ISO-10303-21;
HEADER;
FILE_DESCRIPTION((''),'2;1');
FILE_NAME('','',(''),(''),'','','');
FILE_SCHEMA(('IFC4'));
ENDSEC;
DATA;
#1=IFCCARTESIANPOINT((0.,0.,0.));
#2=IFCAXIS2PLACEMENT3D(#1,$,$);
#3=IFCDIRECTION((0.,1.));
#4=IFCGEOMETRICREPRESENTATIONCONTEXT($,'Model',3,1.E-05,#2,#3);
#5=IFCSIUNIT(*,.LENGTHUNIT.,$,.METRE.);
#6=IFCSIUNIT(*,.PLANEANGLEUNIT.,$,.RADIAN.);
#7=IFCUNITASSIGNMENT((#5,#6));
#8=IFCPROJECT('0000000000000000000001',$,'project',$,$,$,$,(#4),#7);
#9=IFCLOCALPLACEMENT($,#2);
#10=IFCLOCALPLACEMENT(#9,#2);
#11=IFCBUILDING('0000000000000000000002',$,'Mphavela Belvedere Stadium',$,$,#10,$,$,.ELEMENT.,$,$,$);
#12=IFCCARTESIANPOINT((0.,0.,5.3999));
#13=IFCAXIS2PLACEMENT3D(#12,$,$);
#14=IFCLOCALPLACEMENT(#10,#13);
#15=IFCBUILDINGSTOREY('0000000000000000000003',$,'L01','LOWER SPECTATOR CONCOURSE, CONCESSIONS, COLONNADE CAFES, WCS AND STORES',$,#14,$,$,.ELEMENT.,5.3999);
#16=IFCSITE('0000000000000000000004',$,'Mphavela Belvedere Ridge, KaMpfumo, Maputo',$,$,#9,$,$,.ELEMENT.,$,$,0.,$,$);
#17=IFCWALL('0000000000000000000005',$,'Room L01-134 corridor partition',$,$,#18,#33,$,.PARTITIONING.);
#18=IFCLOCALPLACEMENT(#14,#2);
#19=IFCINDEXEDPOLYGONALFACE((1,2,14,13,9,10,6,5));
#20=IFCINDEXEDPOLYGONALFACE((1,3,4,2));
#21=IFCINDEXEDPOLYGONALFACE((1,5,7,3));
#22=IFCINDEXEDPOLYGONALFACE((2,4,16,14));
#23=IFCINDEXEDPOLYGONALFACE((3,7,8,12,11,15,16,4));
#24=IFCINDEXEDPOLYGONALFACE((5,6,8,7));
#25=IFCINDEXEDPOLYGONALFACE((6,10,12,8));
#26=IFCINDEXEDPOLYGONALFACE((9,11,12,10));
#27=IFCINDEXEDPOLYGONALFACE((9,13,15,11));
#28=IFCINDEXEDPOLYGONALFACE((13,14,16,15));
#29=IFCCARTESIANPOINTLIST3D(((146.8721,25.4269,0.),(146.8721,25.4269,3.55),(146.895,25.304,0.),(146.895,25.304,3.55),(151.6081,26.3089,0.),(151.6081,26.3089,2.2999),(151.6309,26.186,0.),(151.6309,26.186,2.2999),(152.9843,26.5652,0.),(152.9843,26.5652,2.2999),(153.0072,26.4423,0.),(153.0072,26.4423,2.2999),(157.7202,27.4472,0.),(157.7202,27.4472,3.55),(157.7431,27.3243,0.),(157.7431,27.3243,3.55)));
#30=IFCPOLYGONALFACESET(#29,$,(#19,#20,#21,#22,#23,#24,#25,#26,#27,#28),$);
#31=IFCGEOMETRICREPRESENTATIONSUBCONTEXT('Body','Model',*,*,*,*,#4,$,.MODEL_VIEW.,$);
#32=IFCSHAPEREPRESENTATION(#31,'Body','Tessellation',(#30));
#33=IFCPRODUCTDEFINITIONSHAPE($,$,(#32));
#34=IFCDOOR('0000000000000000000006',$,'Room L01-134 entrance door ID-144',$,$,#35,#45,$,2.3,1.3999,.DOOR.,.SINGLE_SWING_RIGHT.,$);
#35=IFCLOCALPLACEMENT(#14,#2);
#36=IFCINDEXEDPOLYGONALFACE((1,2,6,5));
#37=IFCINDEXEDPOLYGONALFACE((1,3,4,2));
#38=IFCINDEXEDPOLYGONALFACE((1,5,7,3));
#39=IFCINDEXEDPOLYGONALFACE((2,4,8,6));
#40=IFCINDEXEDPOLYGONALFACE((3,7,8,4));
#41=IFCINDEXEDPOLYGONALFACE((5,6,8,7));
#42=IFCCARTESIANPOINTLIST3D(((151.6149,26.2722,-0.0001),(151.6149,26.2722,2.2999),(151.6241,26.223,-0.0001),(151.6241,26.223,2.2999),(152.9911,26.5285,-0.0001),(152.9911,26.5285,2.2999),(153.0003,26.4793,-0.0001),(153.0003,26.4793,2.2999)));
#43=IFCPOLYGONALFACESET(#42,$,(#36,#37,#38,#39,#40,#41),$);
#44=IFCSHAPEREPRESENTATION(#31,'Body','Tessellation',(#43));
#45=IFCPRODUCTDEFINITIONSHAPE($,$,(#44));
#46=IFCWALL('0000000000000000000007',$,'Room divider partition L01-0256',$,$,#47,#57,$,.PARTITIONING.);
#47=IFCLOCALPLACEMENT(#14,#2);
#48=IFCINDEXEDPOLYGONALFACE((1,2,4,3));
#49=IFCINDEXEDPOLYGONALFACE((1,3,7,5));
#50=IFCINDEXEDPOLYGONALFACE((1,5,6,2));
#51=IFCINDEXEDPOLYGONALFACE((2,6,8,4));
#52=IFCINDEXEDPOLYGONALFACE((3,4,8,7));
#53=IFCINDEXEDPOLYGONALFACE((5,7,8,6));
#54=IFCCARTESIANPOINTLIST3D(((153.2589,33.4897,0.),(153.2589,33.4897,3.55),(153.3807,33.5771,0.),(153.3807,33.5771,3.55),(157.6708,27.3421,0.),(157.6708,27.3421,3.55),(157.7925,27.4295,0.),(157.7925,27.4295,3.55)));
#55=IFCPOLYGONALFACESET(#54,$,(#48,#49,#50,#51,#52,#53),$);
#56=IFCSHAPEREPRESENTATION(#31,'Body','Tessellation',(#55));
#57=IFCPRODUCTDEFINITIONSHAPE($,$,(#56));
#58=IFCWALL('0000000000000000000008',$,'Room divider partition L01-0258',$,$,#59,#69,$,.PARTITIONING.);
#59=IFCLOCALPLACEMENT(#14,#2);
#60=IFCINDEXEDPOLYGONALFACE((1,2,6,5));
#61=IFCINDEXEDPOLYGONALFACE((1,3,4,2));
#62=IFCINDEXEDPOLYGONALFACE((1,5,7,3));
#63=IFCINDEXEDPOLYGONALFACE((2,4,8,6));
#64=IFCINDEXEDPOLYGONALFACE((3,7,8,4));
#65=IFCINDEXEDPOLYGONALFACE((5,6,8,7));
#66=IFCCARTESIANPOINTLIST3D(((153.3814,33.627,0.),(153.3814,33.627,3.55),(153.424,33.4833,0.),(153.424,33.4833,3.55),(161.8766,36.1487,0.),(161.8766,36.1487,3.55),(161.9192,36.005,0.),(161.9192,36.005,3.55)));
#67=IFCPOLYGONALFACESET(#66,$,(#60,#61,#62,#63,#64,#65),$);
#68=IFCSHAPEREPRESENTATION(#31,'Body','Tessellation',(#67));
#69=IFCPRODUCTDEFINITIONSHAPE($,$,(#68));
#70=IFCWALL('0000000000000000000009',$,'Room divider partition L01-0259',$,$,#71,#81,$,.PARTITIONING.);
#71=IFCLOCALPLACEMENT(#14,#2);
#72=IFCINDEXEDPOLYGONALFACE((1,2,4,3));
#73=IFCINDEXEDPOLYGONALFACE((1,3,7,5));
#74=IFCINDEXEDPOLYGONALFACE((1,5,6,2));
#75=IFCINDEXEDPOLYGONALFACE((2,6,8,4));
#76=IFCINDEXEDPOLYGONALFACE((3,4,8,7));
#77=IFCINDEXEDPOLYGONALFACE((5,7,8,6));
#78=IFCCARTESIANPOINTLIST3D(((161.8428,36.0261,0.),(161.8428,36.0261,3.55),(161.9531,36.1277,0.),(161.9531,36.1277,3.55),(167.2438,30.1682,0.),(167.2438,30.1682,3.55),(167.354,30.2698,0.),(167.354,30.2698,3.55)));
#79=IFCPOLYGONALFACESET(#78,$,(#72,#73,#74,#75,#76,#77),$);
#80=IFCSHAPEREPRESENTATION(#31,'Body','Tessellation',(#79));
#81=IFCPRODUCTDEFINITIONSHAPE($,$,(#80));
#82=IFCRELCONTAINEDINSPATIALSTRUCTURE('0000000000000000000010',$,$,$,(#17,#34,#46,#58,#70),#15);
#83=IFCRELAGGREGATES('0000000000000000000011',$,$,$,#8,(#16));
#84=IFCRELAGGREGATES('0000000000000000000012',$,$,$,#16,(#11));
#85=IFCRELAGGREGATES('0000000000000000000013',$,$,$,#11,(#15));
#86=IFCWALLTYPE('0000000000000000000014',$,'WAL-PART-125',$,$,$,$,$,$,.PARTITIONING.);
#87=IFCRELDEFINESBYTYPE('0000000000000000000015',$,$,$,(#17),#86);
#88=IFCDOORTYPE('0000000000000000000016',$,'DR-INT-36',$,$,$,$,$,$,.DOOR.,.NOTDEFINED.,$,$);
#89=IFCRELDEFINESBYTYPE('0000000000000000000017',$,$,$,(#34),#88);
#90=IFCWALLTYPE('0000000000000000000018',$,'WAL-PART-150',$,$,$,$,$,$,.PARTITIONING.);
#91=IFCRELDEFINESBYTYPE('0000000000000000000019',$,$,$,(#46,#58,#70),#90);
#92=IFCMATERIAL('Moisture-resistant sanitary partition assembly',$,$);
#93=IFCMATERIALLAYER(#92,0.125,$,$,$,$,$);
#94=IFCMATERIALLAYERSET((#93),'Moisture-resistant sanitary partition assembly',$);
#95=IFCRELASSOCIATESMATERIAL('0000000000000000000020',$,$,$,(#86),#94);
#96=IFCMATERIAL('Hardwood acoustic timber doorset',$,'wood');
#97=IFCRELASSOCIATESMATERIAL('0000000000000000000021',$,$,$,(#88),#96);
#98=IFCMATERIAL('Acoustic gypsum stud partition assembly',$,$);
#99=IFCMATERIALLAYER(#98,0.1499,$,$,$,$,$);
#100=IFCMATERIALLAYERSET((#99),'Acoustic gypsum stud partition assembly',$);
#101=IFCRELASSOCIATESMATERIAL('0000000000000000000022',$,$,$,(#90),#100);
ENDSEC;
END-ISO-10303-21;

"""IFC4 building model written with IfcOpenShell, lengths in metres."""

from ifc_helpers import new_model, si_unit, direction, frame, frame_2d, origin, place, context, subcontext, project, spatial, rectangle, extrude, material, layer, layer_set, type_object, element, fill, save


model = new_model("IFC4")

# Units and contexts
model_context = context("Model", 3, precision=1e-05, world=origin(), true_north=direction((0.0, 1.0)))
body_context = subcontext(model_context, "Body", "Model", "MODEL_VIEW")
ifc_project = project(units=[si_unit("LENGTHUNIT", "METRE"), si_unit("PLANEANGLEUNIT", "RADIAN")], contexts=[model_context])

# Site, building, storey
site_placement = place(None, origin())
site = spatial("IfcSite", under=ifc_project, at=site_placement, Name="Mphavela Belvedere Ridge, KaMpfumo, Maputo", CompositionType="ELEMENT", RefElevation=0.0)
building_placement = place(site_placement, origin())
building = spatial("IfcBuilding", under=site, at=building_placement, Name="Mphavela Belvedere Stadium", CompositionType="ELEMENT")
storey_placement = place(building_placement, frame((0.0, 0.0, 5.3999)))
storey = spatial("IfcBuildingStorey", under=building, at=storey_placement, Name="L01", Description="LOWER SPECTATOR CONCOURSE, CONCESSIONS, COLONNADE CAFES, WCS AND STORES", CompositionType="ELEMENT", Elevation=5.3999)

# Wall, opening, door
ifc_material_1 = material(Name="Moisture-resistant sanitary partition assembly")
ifc_layer_1 = layer(ifc_material_1, 0.125)
ifc_layer_set_1 = layer_set([ifc_layer_1], Name="Moisture-resistant sanitary partition assembly")
wall_type_1 = type_object("IfcWallType", Name="WAL-PART-125", PredefinedType="PARTITIONING", material=ifc_layer_set_1)
wall_1_placement = place(storey_placement, frame((157.7317, 27.3857, 0.0), z_axis=(0.0, 0.0, 1.0), x_axis=(-0.983097, -0.183083, 0.0)))
wall_1 = element("IfcWall", 1, at=wall_1_placement, inside=storey, type_object=wall_type_1, Name="Room L01-134 corridor partition", PredefinedType="PARTITIONING", context=body_context, shape_type="SweptSolid", body=[
    extrude(rectangle(XDim=11.0347, YDim=0.125, at=frame_2d((5.5173, 0.0))), origin(), (0.0, 0.0, 1.0), 3.55),
])
opening_placement = place(wall_1_placement, frame((4.8174, 0.0, 0.0)))
opening = element("IfcOpeningElement", 2, at=opening_placement, cuts=wall_1, PredefinedType="OPENING", context=body_context, shape_type="SweptSolid", body=[
    extrude(rectangle(XDim=1.3999, YDim=2.3, at=frame_2d((0.7, 1.1499))), frame((0.0, 0.0725, 0.0), z_axis=(0.0, -1.0, 0.0), x_axis=(1.0, 0.0, 0.0)), (0.0, 0.0, 1.0), 0.145),
])
ifc_material_2 = material(Name="Hardwood acoustic timber doorset", Category="wood")
door_type = type_object("IfcDoorType", Name="DR-INT-36", OperationType="NOTDEFINED", PredefinedType="DOOR", material=ifc_material_2)
door_placement = place(opening_placement, origin())
door = element("IfcDoor", 3, at=door_placement, inside=storey, type_object=door_type, Name="Room L01-134 entrance door ID-144", OperationType="SINGLE_SWING_RIGHT", OverallHeight=2.3, OverallWidth=1.3999, PredefinedType="DOOR", context=body_context, shape_type="SweptSolid", body=[
    extrude(rectangle(XDim=1.3999, YDim=2.3, at=frame_2d((0.7, 1.1499))), frame((0.0, 0.0249, 0.0), z_axis=(0.0, -1.0, 0.0), x_axis=(1.0, 0.0, 0.0)), (0.0, 0.0, 1.0), 0.05),
])
fill(opening, door)

# Walls
ifc_material_3 = material(Name="Acoustic gypsum stud partition assembly")
ifc_layer_2 = layer(ifc_material_3, 0.1499)
ifc_layer_set_2 = layer_set([ifc_layer_2], Name="Acoustic gypsum stud partition assembly")
wall_type_2 = type_object("IfcWallType", Name="WAL-PART-150", PredefinedType="PARTITIONING", material=ifc_layer_set_2)
wall_2_placement = place(storey_placement, frame((153.3198, 33.5334, 0.0), z_axis=(0.0, 0.0, 1.0), x_axis=(0.583044, -0.812441, 0.0)))
element("IfcWall", 4, at=wall_2_placement, inside=storey, type_object=wall_type_2, Name="Room divider partition L01-0256", PredefinedType="PARTITIONING", context=body_context, shape_type="SweptSolid", body=[
    extrude(rectangle(XDim=7.5669, YDim=0.1499, at=frame_2d((3.7834, 0.0))), origin(), (0.0, 0.0, 1.0), 3.55),
])
wall_3_placement = place(storey_placement, frame((153.4028, 33.5552, 0.0), z_axis=(0.0, 0.0, 1.0), x_axis=(0.958655, 0.284571, 0.0)))
element("IfcWall", 5, at=wall_3_placement, inside=storey, type_object=wall_type_2, Name="Room divider partition L01-0258", PredefinedType="PARTITIONING", context=body_context, shape_type="SweptSolid", body=[
    extrude(rectangle(XDim=8.8616, YDim=0.1499, at=frame_2d((4.4307, 0.0))), origin(), (0.0, 0.0, 1.0), 3.55),
])
wall_4_placement = place(storey_placement, frame((161.8979, 36.0769, 0.0), z_axis=(0.0, 0.0, 1.0), x_axis=(0.677845, -0.735205, 0.0)))
element("IfcWall", 6, at=wall_4_placement, inside=storey, type_object=wall_type_2, Name="Room divider partition L01-0259", PredefinedType="PARTITIONING", context=body_context, shape_type="SweptSolid", body=[
    extrude(rectangle(XDim=7.9678, YDim=0.1499, at=frame_2d((3.9839, 0.0))), origin(), (0.0, 0.0, 1.0), 3.55),
])

save(model, "model.ifc")
